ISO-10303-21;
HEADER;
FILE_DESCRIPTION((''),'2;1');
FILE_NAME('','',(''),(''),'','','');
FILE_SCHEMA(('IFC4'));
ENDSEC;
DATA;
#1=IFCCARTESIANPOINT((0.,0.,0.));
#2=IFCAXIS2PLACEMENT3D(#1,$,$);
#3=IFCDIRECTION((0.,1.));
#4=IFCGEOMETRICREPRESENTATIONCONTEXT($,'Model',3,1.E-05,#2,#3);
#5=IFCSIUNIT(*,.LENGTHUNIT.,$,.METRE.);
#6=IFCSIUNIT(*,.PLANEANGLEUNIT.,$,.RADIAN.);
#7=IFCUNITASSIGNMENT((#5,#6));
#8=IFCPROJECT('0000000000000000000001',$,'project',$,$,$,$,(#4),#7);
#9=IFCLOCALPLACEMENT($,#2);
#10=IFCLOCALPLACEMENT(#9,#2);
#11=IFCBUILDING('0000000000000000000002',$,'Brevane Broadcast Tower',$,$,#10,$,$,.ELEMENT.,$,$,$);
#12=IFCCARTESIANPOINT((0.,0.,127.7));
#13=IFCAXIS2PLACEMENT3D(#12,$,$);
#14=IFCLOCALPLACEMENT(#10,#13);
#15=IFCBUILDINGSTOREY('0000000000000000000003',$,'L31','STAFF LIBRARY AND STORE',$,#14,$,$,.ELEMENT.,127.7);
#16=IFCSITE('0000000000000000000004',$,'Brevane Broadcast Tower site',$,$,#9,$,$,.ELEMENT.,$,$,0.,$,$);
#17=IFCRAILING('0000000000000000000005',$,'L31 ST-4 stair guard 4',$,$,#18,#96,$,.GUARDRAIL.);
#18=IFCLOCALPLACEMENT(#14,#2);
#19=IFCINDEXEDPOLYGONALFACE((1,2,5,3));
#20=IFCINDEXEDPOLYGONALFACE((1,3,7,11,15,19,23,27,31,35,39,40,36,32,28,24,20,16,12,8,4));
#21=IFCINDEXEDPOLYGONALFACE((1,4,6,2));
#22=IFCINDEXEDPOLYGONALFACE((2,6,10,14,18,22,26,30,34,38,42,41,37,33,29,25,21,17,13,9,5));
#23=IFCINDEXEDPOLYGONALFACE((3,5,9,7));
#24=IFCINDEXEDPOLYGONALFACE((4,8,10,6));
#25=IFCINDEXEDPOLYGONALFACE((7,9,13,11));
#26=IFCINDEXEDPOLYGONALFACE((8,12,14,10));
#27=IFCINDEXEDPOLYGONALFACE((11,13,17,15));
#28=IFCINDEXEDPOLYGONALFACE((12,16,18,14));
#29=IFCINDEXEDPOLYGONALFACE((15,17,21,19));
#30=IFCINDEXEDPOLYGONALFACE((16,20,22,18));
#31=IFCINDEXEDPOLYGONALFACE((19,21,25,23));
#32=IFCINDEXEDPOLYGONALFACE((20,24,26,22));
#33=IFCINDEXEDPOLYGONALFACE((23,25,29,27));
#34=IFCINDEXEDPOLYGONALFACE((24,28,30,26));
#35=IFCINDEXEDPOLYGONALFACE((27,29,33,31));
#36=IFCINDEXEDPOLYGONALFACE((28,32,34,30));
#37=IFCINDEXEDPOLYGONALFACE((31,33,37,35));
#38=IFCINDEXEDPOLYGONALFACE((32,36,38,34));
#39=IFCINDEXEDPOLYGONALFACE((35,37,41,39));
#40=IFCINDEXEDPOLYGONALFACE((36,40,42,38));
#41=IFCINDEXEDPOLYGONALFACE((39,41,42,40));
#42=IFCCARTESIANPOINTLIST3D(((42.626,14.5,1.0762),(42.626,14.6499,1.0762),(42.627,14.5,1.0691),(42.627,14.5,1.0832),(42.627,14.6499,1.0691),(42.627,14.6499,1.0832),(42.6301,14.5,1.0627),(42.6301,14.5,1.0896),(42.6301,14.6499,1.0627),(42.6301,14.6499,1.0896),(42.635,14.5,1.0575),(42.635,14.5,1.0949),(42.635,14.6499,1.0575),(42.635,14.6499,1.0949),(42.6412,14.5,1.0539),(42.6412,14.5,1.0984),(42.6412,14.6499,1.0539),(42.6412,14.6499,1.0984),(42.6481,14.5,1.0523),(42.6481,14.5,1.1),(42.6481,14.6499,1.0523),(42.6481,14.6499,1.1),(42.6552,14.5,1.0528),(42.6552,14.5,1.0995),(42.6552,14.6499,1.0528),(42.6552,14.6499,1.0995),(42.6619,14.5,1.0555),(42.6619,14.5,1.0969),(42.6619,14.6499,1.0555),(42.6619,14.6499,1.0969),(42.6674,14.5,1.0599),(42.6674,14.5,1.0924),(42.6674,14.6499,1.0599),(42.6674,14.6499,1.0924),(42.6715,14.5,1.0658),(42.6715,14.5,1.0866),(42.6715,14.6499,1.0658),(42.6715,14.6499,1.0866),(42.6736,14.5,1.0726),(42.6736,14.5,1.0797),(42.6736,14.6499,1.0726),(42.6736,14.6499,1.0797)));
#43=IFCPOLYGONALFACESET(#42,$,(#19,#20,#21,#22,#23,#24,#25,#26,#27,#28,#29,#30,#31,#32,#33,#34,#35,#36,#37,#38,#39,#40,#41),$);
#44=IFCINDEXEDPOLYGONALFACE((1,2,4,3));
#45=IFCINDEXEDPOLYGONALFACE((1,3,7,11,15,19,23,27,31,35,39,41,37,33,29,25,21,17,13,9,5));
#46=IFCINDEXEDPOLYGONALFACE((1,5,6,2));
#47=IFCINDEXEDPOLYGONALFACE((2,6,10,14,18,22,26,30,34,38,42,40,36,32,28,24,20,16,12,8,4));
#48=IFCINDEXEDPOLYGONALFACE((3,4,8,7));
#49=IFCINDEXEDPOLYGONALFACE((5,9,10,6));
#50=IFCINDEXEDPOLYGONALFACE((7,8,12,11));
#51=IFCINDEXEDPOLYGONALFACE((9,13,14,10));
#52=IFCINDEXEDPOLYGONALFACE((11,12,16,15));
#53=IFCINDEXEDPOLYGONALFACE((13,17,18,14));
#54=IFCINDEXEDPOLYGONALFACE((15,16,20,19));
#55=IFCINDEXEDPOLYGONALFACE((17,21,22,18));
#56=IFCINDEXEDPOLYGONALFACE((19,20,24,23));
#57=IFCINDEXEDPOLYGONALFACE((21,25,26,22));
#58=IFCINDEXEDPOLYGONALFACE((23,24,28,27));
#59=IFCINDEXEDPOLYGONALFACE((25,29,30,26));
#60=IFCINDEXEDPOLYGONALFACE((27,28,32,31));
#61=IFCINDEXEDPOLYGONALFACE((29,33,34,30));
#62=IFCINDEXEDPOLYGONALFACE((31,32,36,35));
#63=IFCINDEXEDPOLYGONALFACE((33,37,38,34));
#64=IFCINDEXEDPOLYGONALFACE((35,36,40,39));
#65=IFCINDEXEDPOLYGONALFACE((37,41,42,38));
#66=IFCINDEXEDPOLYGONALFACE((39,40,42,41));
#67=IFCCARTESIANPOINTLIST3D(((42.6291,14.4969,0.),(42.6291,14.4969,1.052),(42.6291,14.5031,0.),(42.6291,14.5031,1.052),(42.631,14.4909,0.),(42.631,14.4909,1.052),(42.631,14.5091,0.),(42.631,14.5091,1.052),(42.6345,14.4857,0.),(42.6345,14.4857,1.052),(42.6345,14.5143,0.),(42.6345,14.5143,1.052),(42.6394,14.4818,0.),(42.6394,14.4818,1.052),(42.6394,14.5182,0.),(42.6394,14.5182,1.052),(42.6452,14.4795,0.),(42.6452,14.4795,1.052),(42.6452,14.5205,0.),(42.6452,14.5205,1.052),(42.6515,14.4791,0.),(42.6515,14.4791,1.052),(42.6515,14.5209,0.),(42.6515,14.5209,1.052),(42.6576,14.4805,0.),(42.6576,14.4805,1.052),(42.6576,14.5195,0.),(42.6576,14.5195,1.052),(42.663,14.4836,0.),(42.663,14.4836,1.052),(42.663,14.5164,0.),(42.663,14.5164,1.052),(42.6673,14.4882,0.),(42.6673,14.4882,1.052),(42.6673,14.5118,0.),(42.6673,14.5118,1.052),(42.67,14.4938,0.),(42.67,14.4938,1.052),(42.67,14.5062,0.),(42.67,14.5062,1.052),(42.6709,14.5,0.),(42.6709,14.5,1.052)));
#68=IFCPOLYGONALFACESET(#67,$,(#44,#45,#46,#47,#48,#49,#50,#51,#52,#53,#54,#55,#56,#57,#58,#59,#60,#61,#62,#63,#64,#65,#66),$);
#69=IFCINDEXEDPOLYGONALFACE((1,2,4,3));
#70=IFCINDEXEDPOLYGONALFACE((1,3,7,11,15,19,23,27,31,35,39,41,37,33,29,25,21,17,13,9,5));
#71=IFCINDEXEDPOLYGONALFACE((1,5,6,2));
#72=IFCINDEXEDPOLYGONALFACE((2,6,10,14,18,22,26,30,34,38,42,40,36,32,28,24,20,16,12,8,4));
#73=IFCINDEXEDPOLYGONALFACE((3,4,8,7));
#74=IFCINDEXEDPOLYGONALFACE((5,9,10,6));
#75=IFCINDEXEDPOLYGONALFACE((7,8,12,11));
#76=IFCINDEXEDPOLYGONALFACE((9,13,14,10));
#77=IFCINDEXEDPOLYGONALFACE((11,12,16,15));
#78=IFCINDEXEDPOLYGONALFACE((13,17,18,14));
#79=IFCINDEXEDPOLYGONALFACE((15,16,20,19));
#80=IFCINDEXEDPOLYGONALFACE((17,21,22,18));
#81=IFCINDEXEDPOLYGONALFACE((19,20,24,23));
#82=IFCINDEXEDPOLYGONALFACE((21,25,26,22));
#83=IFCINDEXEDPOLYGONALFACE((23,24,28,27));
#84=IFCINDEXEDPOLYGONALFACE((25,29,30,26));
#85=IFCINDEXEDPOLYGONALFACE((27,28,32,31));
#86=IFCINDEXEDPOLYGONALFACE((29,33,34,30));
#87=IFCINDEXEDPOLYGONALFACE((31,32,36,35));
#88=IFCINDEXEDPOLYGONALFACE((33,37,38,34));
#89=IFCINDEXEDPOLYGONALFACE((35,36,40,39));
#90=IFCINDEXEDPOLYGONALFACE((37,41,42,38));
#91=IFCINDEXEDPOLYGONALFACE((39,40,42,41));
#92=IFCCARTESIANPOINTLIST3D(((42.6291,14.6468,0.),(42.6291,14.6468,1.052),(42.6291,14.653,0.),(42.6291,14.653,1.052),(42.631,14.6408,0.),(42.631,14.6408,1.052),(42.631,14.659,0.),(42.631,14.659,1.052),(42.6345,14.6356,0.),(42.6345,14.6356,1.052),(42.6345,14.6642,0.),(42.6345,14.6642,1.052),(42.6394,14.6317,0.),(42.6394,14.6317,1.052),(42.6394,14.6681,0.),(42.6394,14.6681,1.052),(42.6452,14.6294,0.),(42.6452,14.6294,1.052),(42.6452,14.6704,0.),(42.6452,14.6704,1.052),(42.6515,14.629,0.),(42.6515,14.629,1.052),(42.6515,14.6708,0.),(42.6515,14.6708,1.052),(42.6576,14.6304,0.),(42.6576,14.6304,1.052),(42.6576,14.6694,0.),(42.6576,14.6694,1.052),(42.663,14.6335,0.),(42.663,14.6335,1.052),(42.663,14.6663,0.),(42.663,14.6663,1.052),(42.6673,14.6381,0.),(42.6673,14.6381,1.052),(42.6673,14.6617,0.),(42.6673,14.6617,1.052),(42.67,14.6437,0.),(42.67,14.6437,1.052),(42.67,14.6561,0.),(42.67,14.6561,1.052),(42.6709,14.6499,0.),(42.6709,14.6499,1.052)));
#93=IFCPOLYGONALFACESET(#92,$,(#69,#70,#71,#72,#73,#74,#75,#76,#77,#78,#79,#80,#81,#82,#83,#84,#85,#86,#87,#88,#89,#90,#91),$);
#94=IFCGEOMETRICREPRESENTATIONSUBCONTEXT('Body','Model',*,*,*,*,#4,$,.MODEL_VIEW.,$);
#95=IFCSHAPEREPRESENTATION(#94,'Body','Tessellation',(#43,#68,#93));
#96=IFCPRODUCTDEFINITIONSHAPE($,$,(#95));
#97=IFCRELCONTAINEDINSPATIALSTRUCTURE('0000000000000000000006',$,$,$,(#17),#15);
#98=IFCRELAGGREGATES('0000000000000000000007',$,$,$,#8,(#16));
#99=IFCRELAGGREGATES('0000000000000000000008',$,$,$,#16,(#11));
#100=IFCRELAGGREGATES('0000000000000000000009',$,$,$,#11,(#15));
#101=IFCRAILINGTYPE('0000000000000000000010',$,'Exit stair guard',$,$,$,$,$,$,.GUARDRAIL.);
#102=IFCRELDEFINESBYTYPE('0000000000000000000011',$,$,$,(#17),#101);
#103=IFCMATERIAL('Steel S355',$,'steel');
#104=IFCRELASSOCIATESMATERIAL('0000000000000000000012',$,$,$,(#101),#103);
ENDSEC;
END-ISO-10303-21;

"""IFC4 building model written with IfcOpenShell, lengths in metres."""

from ifc_helpers import new_model, si_unit, direction, frame, origin, origin_2d, place, context, subcontext, project, spatial, circle, extrude, material, type_object, element, save


model = new_model("IFC4")

# Units and contexts
model_context = context("Model", 3, precision=1e-05, world=origin(), true_north=direction((0.0, 1.0)))
body_context = subcontext(model_context, "Body", "Model", "MODEL_VIEW")
ifc_project = project(units=[si_unit("LENGTHUNIT", "METRE"), si_unit("PLANEANGLEUNIT", "RADIAN")], contexts=[model_context])

# Site, building, storey
site_placement = place(None, origin())
site = spatial("IfcSite", under=ifc_project, at=site_placement, Name="Brevane Broadcast Tower site", CompositionType="ELEMENT", RefElevation=0.0)
building_placement = place(site_placement, origin())
building = spatial("IfcBuilding", under=site, at=building_placement, Name="Brevane Broadcast Tower", CompositionType="ELEMENT")
storey_placement = place(building_placement, frame((0.0, 0.0, 127.7)))
storey = spatial("IfcBuildingStorey", under=building, at=storey_placement, Name="L31", Description="STAFF LIBRARY AND STORE", CompositionType="ELEMENT", Elevation=127.7)

# Railing
ifc_material_1 = material(Name="Steel S355", Category="steel")
railing_type_1 = type_object("IfcRailingType", Name="Exit stair guard", PredefinedType="GUARDRAIL", material=ifc_material_1)
railing_1_placement = place(storey_placement, frame((42.6499, 14.5, 0.0)))
element("IfcRailing", 1, at=railing_1_placement, inside=storey, type_object=railing_type_1, Name="L31 ST-4 stair guard 4", PredefinedType="GUARDRAIL", context=body_context, shape_type="SweptSolid", body=[
    extrude(circle(Radius=0.0239, at=origin_2d()), frame((0.0, 0.0, 1.0762), z_axis=(0.0, 1.0, 0.0), x_axis=(-1.0, 0.0, 0.0)), (0.0, 0.0, 1.0), 0.1499),
    extrude(circle(Radius=0.021, at=origin_2d()), origin(), (0.0, 0.0, 1.0), 1.052),
    extrude(circle(Radius=0.021, at=origin_2d()), frame((0.0, 0.1499, 0.0)), (0.0, 0.0, 1.0), 1.052),
])

save(model, "model.ifc")
